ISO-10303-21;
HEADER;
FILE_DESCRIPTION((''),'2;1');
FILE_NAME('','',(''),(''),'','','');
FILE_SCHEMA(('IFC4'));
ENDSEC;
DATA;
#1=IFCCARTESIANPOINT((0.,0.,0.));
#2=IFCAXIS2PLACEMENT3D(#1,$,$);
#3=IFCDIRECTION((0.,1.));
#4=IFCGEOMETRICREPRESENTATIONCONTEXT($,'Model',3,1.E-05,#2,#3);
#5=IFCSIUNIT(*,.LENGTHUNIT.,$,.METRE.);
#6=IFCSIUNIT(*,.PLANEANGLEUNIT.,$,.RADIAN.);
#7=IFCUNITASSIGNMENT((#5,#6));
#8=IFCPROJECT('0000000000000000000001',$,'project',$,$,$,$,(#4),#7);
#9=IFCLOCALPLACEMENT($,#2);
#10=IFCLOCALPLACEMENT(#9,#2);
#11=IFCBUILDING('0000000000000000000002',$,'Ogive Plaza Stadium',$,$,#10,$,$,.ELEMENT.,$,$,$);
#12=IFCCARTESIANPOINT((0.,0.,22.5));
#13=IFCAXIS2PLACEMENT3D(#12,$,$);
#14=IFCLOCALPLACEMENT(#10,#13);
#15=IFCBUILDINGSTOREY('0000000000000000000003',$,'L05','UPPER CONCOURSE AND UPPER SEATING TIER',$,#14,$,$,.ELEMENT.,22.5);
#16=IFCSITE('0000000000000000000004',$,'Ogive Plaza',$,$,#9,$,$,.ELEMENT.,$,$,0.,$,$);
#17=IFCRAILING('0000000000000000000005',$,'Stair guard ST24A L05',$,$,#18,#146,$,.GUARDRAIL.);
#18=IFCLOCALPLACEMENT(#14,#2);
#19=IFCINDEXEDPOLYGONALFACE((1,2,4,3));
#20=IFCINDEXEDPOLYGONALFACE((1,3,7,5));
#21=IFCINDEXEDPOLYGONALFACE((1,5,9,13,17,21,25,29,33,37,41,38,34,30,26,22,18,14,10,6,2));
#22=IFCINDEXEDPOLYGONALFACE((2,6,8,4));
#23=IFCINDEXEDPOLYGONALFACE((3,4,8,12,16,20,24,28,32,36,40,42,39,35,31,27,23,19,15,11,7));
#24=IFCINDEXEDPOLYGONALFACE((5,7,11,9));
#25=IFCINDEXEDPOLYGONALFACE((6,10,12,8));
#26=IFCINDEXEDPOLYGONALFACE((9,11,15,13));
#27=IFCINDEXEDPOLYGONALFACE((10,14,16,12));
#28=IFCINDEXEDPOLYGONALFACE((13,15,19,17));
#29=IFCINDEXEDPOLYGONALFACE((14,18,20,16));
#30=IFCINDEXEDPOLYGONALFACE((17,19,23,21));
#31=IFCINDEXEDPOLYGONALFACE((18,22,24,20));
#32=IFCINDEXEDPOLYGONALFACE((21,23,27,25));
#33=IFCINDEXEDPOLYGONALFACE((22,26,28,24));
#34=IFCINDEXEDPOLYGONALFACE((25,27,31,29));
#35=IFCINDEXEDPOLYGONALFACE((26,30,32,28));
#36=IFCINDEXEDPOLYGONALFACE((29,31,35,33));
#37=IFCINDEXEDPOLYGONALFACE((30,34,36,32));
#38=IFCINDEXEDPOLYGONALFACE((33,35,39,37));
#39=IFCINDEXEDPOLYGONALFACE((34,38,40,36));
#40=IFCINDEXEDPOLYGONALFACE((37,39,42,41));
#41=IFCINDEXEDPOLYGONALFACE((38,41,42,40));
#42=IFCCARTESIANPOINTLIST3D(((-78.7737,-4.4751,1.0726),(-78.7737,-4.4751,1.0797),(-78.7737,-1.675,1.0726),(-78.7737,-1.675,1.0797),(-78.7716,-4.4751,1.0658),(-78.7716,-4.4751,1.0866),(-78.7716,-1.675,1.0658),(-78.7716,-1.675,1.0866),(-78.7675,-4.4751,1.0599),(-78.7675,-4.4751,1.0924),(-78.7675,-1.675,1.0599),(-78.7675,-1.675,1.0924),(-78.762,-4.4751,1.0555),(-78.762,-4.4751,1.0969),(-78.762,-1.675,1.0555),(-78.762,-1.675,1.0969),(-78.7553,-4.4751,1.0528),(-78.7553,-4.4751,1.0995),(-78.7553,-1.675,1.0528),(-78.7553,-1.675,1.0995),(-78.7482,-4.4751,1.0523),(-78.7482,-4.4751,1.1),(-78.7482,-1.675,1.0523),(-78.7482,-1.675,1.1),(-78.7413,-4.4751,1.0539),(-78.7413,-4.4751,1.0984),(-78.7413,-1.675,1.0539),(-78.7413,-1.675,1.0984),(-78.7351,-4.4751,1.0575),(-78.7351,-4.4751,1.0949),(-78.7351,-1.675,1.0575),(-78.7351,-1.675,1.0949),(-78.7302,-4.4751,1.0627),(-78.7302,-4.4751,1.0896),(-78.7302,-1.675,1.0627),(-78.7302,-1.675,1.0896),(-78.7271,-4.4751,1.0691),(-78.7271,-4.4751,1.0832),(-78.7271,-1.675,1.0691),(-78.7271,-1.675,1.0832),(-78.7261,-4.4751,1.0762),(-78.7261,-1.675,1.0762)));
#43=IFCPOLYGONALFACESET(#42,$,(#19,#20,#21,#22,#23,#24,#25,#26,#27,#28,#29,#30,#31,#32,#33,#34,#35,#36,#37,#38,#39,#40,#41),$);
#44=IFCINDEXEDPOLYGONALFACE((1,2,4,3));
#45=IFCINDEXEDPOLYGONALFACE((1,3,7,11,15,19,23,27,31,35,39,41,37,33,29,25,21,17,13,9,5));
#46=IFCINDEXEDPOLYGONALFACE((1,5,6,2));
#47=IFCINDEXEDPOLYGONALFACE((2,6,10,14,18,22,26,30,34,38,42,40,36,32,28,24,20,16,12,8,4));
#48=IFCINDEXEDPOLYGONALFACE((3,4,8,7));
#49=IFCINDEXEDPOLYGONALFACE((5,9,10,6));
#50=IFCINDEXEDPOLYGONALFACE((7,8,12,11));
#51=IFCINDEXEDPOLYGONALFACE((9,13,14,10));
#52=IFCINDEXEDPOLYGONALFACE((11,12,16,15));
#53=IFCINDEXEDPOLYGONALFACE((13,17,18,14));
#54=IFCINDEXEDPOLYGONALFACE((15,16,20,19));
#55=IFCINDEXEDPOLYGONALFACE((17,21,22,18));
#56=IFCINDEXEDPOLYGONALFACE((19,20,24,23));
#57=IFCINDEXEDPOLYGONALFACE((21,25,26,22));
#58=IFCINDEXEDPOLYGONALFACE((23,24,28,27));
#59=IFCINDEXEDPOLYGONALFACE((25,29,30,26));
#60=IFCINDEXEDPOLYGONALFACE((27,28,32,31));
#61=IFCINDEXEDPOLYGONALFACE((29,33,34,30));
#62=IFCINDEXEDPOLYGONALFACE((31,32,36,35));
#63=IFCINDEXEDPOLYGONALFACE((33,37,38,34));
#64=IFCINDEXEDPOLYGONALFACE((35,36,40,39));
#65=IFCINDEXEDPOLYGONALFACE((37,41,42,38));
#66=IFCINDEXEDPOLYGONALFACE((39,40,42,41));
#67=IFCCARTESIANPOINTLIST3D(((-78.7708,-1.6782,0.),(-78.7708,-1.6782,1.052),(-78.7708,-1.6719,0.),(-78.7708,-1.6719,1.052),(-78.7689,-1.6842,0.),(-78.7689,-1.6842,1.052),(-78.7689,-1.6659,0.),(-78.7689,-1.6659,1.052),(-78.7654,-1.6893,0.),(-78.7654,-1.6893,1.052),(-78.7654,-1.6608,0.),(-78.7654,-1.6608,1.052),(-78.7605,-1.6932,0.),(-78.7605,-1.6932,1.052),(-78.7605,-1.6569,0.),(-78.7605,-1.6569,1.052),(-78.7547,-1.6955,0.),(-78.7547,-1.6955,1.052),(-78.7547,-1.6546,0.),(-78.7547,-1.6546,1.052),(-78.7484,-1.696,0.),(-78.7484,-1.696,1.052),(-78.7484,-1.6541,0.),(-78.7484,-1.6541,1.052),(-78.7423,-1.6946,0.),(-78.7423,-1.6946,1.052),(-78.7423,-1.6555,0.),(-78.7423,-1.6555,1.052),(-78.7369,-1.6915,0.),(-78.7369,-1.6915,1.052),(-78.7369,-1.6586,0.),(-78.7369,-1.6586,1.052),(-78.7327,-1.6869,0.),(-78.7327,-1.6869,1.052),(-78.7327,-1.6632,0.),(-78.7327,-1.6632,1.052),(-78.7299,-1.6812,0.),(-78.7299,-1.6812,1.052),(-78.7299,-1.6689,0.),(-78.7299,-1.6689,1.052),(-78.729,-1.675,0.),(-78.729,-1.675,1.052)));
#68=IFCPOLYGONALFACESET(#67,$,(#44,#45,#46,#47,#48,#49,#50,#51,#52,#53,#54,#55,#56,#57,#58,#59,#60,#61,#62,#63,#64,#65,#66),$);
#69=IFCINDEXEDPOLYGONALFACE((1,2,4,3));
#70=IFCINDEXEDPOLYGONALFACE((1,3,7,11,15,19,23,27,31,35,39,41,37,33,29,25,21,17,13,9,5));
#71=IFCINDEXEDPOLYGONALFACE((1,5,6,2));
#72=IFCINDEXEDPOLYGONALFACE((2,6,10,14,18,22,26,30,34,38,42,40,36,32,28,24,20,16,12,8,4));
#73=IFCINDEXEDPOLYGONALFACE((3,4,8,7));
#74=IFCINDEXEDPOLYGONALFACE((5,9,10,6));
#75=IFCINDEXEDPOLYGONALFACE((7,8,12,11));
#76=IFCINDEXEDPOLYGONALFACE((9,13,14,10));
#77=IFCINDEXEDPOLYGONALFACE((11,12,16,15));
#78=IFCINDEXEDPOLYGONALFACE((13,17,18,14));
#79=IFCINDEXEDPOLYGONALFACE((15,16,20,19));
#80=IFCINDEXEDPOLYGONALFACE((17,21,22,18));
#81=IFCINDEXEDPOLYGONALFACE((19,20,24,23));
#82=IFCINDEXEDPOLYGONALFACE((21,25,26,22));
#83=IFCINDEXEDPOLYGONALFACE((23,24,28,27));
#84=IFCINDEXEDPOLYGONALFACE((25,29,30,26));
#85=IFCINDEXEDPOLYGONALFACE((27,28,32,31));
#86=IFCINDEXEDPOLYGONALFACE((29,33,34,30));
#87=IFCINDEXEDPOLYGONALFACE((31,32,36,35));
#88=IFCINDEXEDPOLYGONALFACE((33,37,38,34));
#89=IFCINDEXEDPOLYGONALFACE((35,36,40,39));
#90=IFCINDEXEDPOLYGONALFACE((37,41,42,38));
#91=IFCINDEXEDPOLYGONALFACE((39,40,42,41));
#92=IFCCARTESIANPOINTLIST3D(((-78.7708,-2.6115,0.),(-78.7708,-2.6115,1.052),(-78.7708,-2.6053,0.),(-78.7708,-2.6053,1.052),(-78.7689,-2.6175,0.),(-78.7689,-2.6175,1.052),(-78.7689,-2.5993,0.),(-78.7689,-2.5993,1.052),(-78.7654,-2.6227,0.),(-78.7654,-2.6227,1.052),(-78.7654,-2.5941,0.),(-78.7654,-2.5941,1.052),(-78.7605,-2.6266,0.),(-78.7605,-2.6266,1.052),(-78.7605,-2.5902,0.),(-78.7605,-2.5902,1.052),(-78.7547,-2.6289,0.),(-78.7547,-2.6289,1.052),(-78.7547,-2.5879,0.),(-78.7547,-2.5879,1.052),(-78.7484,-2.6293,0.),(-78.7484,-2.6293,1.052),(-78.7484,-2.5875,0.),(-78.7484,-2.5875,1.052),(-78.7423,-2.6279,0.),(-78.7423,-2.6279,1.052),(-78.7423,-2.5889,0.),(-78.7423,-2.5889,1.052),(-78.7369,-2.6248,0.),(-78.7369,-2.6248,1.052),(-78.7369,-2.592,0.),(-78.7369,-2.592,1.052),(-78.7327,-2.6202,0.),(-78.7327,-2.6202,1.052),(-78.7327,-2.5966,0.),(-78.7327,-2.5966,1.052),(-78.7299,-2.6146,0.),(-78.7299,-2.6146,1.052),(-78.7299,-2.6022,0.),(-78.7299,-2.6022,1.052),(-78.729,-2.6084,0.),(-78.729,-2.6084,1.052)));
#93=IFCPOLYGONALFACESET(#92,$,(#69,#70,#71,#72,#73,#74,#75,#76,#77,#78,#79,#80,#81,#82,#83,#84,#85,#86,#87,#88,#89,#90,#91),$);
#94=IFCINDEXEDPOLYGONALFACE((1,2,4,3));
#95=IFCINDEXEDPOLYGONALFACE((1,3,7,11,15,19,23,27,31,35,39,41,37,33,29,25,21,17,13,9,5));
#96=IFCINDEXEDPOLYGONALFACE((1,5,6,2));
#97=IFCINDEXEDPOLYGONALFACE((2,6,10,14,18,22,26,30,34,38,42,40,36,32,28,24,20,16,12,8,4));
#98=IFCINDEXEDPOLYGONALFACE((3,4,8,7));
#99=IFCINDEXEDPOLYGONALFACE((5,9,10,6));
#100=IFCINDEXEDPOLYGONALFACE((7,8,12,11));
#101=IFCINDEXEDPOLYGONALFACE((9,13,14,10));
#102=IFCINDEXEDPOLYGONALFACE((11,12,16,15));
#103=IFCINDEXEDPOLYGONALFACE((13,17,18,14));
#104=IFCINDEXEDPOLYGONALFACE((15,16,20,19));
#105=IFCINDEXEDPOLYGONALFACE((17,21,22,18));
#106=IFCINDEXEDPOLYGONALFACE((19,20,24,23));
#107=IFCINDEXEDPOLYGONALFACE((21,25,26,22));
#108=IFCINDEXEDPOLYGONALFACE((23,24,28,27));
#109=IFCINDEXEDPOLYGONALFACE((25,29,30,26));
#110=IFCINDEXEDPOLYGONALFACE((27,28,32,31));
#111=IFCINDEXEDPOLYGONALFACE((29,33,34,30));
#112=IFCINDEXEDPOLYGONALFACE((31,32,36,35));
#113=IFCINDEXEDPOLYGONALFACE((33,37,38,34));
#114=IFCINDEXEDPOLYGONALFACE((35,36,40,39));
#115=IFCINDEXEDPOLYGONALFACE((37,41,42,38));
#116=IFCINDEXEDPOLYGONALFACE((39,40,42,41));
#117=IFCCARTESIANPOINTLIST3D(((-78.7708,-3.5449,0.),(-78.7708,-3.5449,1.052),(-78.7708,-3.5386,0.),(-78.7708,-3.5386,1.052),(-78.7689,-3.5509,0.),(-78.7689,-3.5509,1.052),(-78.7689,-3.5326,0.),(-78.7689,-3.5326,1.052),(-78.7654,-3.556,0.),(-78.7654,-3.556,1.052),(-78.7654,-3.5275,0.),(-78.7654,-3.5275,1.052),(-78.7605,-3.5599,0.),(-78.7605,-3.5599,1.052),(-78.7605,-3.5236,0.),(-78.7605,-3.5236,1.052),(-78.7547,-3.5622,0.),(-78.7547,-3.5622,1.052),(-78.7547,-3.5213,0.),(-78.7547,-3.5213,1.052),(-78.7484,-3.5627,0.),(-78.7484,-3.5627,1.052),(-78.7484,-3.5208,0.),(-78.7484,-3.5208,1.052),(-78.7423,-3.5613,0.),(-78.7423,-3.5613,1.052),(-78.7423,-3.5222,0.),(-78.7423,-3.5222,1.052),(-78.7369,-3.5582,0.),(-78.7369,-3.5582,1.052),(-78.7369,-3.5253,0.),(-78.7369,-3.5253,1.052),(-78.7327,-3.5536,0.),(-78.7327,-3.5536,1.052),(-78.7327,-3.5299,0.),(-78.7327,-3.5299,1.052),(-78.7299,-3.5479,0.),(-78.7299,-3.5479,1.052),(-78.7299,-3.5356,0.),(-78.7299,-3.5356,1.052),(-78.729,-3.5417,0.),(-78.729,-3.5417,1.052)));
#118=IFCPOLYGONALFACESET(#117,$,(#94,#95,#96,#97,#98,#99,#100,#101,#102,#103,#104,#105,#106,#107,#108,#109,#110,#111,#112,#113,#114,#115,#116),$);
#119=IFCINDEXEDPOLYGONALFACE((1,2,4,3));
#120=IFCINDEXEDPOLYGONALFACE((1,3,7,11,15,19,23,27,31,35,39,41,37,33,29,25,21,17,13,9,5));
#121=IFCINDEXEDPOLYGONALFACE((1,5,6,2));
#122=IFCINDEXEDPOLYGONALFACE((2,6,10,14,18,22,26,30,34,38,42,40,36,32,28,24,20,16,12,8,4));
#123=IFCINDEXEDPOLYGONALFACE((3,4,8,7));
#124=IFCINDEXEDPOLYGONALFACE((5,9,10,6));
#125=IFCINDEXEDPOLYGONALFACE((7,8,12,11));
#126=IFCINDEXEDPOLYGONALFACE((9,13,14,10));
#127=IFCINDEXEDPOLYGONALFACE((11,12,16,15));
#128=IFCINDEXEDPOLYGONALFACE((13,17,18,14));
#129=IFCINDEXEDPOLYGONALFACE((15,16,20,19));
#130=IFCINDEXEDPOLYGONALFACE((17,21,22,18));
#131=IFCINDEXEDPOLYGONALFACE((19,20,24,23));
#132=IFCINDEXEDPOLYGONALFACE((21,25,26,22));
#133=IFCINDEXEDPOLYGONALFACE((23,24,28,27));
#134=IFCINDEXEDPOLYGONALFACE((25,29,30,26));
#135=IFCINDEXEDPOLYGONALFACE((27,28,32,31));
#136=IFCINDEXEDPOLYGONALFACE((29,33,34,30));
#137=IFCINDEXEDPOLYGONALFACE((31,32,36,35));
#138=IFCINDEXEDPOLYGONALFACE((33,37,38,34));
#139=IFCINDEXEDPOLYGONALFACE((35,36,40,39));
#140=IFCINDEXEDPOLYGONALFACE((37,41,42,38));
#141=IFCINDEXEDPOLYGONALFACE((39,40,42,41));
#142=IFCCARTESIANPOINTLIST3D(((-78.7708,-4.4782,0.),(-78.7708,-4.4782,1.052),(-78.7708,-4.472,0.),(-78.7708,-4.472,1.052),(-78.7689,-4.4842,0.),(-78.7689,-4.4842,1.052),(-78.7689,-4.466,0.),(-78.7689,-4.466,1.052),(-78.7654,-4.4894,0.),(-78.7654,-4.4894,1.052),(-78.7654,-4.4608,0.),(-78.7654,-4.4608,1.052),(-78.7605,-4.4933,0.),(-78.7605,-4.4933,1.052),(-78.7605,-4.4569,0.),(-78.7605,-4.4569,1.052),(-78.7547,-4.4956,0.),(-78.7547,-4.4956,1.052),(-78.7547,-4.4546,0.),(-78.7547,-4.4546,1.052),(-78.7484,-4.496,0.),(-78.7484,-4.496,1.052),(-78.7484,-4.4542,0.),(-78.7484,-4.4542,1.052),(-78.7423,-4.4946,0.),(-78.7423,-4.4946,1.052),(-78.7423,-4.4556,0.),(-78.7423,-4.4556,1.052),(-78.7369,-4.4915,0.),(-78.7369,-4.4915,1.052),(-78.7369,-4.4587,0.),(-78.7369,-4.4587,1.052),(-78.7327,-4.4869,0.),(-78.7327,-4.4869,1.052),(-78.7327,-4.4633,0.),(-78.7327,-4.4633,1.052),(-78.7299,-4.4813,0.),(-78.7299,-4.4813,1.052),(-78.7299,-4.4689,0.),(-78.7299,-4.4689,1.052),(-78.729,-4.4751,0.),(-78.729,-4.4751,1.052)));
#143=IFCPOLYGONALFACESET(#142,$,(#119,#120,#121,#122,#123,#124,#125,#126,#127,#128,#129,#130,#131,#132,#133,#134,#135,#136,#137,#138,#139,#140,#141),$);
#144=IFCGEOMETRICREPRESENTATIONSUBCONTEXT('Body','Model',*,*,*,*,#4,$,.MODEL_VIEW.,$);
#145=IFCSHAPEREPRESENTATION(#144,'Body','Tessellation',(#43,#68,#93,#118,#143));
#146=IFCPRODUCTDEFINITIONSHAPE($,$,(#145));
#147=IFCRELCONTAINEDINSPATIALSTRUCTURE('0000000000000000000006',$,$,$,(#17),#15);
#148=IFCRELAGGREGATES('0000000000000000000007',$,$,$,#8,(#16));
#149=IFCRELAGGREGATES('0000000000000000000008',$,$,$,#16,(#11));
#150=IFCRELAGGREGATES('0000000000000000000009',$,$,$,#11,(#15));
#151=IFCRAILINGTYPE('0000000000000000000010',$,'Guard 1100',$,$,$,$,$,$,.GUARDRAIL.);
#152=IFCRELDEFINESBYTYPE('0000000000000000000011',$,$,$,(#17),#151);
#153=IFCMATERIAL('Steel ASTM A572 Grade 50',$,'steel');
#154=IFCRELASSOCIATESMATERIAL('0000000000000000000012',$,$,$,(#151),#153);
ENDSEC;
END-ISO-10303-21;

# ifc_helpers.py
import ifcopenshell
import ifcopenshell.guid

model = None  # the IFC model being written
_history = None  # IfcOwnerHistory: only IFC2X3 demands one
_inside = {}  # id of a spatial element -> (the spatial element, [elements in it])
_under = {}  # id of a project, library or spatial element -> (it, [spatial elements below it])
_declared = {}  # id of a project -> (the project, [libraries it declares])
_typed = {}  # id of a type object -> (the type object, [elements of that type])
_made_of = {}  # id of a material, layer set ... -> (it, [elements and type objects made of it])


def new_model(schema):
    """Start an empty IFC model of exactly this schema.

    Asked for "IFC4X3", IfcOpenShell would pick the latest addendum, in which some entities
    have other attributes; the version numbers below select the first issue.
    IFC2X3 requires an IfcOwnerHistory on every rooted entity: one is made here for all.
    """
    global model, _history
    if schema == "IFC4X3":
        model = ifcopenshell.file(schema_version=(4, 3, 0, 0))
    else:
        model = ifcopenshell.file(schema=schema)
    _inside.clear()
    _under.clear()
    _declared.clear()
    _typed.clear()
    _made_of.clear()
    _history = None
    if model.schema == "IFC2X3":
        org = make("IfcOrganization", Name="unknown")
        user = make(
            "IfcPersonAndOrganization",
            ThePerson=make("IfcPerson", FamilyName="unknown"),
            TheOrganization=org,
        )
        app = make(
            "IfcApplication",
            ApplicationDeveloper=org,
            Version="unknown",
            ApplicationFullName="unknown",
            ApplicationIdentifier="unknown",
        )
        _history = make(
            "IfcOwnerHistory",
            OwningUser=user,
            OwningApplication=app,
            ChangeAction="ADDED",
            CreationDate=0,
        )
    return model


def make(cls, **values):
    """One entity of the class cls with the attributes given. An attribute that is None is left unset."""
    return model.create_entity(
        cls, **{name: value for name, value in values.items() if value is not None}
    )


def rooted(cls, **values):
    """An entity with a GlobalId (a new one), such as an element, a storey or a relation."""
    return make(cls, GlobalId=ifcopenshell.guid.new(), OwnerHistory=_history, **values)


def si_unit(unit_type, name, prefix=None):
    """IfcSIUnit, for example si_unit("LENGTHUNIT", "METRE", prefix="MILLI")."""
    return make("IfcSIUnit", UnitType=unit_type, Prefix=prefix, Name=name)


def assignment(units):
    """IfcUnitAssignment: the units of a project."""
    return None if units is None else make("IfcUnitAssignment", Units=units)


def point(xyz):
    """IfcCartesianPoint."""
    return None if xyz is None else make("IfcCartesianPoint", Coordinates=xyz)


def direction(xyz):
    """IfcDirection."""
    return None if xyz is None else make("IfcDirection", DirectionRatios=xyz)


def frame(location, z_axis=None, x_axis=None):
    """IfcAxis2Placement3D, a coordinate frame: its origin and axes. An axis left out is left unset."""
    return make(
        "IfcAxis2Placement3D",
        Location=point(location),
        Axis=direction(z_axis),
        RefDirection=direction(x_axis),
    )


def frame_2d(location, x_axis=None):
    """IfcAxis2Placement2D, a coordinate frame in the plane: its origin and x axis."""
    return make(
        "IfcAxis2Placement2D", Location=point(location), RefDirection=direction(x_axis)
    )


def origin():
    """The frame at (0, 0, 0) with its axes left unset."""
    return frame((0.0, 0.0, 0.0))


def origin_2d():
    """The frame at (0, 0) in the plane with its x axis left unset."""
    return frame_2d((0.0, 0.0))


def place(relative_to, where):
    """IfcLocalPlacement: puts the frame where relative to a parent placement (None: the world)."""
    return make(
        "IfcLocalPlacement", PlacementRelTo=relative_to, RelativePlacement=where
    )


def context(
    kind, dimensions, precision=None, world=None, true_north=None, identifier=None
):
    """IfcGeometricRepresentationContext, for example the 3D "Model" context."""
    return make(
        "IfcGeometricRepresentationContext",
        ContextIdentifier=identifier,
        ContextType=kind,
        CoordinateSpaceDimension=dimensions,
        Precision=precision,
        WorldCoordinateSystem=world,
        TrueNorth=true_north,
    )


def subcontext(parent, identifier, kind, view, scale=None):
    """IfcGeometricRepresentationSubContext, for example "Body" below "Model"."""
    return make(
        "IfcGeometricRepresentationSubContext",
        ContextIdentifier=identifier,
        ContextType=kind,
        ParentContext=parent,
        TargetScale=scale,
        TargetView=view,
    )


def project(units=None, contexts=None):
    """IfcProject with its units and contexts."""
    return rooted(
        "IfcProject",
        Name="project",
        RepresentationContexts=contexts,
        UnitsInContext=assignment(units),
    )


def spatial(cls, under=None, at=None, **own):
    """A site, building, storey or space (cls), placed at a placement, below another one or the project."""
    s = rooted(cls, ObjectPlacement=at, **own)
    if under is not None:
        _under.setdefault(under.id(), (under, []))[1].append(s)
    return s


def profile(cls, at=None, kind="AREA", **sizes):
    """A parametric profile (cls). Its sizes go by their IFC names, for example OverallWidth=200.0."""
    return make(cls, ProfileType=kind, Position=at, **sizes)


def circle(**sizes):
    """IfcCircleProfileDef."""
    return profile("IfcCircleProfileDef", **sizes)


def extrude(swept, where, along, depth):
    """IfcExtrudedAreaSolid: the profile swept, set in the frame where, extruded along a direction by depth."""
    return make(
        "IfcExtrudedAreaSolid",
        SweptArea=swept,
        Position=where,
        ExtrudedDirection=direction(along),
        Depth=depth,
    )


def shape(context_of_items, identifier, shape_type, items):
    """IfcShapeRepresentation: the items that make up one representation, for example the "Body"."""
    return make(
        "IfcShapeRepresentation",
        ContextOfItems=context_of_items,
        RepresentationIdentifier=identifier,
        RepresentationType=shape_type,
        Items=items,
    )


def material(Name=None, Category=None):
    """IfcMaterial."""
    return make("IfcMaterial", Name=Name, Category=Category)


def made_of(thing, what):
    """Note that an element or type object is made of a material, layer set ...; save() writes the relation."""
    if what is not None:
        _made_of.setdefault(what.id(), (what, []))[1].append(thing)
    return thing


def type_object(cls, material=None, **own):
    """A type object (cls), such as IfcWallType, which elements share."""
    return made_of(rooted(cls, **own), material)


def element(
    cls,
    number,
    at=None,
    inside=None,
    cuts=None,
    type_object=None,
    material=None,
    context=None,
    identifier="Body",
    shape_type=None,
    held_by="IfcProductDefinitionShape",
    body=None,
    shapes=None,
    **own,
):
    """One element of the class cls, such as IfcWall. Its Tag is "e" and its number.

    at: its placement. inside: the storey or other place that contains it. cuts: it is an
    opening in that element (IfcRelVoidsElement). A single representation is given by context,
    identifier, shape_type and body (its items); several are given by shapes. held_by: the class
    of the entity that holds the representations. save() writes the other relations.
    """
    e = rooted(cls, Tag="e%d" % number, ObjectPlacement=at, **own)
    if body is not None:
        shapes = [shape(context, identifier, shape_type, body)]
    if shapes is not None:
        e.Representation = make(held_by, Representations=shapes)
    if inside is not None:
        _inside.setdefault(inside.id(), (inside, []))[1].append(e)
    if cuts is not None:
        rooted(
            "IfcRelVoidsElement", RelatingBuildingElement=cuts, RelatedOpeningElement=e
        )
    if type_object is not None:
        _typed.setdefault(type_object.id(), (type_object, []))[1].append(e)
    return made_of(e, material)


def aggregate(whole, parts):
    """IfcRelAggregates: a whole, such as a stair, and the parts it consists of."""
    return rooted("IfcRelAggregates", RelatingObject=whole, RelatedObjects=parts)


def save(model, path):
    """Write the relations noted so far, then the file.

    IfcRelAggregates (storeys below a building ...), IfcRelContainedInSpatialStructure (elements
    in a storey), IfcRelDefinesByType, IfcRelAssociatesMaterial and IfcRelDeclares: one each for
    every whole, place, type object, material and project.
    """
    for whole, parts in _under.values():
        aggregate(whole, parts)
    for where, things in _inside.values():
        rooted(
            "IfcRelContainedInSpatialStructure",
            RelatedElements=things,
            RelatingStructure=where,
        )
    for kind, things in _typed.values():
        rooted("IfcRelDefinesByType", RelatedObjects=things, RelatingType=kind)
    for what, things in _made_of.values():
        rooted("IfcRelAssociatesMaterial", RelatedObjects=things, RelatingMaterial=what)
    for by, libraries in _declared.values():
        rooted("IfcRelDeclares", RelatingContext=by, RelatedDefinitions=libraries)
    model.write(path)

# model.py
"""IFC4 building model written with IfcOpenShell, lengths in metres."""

from ifc_helpers import new_model, si_unit, direction, frame, origin, origin_2d, place, context, subcontext, project, spatial, circle, extrude, material, type_object, element, save


model = new_model("IFC4")

# Units and contexts
model_context = context("Model", 3, precision=1e-05, world=origin(), true_north=direction((0.0, 1.0)))
body_context = subcontext(model_context, "Body", "Model", "MODEL_VIEW")
ifc_project = project(units=[si_unit("LENGTHUNIT", "METRE"), si_unit("PLANEANGLEUNIT", "RADIAN")], contexts=[model_context])

# Site, building, storey
site_placement = place(None, origin())
site = spatial("IfcSite", under=ifc_project, at=site_placement, Name="Ogive Plaza", CompositionType="ELEMENT", RefElevation=0.0)
building_placement = place(site_placement, origin())
building = spatial("IfcBuilding", under=site, at=building_placement, Name="Ogive Plaza Stadium", CompositionType="ELEMENT")
storey_placement = place(building_placement, frame((0.0, 0.0, 22.5)))
storey = spatial("IfcBuildingStorey", under=building, at=storey_placement, Name="L05", Description="UPPER CONCOURSE AND UPPER SEATING TIER", CompositionType="ELEMENT", Elevation=22.5)

# Railing
ifc_material_1 = material(Name="Steel ASTM A572 Grade 50", Category="steel")
railing_type = type_object("IfcRailingType", Name="Guard 1100", PredefinedType="GUARDRAIL", material=ifc_material_1)
for number, where, name in (
    (1, (-78.75, -1.675, 0.0), "Stair guard ST24A L05"),
):
    element("IfcRailing", number, at=place(storey_placement, frame(where)), inside=storey, type_object=railing_type, Name=name, PredefinedType="GUARDRAIL", context=body_context, shape_type="SweptSolid", body=[
        extrude(circle(Radius=0.0239, at=origin_2d()), frame((0.0, 0.0, 1.0762), z_axis=(0.0, -1.0, 0.0), x_axis=(1.0, 0.0, 0.0)), (0.0, 0.0, 1.0), 2.8),
        extrude(circle(Radius=0.021, at=origin_2d()), origin(), (0.0, 0.0, 1.0), 1.052),
        extrude(circle(Radius=0.021, at=origin_2d()), frame((0.0, -0.9333, 0.0)), (0.0, 0.0, 1.0), 1.052),
        extrude(circle(Radius=0.021, at=origin_2d()), frame((0.0, -1.8667, 0.0)), (0.0, 0.0, 1.0), 1.052),
        extrude(circle(Radius=0.021, at=origin_2d()), frame((0.0, -2.8, 0.0)), (0.0, 0.0, 1.0), 1.052),
    ])

save(model, "model.ifc")
